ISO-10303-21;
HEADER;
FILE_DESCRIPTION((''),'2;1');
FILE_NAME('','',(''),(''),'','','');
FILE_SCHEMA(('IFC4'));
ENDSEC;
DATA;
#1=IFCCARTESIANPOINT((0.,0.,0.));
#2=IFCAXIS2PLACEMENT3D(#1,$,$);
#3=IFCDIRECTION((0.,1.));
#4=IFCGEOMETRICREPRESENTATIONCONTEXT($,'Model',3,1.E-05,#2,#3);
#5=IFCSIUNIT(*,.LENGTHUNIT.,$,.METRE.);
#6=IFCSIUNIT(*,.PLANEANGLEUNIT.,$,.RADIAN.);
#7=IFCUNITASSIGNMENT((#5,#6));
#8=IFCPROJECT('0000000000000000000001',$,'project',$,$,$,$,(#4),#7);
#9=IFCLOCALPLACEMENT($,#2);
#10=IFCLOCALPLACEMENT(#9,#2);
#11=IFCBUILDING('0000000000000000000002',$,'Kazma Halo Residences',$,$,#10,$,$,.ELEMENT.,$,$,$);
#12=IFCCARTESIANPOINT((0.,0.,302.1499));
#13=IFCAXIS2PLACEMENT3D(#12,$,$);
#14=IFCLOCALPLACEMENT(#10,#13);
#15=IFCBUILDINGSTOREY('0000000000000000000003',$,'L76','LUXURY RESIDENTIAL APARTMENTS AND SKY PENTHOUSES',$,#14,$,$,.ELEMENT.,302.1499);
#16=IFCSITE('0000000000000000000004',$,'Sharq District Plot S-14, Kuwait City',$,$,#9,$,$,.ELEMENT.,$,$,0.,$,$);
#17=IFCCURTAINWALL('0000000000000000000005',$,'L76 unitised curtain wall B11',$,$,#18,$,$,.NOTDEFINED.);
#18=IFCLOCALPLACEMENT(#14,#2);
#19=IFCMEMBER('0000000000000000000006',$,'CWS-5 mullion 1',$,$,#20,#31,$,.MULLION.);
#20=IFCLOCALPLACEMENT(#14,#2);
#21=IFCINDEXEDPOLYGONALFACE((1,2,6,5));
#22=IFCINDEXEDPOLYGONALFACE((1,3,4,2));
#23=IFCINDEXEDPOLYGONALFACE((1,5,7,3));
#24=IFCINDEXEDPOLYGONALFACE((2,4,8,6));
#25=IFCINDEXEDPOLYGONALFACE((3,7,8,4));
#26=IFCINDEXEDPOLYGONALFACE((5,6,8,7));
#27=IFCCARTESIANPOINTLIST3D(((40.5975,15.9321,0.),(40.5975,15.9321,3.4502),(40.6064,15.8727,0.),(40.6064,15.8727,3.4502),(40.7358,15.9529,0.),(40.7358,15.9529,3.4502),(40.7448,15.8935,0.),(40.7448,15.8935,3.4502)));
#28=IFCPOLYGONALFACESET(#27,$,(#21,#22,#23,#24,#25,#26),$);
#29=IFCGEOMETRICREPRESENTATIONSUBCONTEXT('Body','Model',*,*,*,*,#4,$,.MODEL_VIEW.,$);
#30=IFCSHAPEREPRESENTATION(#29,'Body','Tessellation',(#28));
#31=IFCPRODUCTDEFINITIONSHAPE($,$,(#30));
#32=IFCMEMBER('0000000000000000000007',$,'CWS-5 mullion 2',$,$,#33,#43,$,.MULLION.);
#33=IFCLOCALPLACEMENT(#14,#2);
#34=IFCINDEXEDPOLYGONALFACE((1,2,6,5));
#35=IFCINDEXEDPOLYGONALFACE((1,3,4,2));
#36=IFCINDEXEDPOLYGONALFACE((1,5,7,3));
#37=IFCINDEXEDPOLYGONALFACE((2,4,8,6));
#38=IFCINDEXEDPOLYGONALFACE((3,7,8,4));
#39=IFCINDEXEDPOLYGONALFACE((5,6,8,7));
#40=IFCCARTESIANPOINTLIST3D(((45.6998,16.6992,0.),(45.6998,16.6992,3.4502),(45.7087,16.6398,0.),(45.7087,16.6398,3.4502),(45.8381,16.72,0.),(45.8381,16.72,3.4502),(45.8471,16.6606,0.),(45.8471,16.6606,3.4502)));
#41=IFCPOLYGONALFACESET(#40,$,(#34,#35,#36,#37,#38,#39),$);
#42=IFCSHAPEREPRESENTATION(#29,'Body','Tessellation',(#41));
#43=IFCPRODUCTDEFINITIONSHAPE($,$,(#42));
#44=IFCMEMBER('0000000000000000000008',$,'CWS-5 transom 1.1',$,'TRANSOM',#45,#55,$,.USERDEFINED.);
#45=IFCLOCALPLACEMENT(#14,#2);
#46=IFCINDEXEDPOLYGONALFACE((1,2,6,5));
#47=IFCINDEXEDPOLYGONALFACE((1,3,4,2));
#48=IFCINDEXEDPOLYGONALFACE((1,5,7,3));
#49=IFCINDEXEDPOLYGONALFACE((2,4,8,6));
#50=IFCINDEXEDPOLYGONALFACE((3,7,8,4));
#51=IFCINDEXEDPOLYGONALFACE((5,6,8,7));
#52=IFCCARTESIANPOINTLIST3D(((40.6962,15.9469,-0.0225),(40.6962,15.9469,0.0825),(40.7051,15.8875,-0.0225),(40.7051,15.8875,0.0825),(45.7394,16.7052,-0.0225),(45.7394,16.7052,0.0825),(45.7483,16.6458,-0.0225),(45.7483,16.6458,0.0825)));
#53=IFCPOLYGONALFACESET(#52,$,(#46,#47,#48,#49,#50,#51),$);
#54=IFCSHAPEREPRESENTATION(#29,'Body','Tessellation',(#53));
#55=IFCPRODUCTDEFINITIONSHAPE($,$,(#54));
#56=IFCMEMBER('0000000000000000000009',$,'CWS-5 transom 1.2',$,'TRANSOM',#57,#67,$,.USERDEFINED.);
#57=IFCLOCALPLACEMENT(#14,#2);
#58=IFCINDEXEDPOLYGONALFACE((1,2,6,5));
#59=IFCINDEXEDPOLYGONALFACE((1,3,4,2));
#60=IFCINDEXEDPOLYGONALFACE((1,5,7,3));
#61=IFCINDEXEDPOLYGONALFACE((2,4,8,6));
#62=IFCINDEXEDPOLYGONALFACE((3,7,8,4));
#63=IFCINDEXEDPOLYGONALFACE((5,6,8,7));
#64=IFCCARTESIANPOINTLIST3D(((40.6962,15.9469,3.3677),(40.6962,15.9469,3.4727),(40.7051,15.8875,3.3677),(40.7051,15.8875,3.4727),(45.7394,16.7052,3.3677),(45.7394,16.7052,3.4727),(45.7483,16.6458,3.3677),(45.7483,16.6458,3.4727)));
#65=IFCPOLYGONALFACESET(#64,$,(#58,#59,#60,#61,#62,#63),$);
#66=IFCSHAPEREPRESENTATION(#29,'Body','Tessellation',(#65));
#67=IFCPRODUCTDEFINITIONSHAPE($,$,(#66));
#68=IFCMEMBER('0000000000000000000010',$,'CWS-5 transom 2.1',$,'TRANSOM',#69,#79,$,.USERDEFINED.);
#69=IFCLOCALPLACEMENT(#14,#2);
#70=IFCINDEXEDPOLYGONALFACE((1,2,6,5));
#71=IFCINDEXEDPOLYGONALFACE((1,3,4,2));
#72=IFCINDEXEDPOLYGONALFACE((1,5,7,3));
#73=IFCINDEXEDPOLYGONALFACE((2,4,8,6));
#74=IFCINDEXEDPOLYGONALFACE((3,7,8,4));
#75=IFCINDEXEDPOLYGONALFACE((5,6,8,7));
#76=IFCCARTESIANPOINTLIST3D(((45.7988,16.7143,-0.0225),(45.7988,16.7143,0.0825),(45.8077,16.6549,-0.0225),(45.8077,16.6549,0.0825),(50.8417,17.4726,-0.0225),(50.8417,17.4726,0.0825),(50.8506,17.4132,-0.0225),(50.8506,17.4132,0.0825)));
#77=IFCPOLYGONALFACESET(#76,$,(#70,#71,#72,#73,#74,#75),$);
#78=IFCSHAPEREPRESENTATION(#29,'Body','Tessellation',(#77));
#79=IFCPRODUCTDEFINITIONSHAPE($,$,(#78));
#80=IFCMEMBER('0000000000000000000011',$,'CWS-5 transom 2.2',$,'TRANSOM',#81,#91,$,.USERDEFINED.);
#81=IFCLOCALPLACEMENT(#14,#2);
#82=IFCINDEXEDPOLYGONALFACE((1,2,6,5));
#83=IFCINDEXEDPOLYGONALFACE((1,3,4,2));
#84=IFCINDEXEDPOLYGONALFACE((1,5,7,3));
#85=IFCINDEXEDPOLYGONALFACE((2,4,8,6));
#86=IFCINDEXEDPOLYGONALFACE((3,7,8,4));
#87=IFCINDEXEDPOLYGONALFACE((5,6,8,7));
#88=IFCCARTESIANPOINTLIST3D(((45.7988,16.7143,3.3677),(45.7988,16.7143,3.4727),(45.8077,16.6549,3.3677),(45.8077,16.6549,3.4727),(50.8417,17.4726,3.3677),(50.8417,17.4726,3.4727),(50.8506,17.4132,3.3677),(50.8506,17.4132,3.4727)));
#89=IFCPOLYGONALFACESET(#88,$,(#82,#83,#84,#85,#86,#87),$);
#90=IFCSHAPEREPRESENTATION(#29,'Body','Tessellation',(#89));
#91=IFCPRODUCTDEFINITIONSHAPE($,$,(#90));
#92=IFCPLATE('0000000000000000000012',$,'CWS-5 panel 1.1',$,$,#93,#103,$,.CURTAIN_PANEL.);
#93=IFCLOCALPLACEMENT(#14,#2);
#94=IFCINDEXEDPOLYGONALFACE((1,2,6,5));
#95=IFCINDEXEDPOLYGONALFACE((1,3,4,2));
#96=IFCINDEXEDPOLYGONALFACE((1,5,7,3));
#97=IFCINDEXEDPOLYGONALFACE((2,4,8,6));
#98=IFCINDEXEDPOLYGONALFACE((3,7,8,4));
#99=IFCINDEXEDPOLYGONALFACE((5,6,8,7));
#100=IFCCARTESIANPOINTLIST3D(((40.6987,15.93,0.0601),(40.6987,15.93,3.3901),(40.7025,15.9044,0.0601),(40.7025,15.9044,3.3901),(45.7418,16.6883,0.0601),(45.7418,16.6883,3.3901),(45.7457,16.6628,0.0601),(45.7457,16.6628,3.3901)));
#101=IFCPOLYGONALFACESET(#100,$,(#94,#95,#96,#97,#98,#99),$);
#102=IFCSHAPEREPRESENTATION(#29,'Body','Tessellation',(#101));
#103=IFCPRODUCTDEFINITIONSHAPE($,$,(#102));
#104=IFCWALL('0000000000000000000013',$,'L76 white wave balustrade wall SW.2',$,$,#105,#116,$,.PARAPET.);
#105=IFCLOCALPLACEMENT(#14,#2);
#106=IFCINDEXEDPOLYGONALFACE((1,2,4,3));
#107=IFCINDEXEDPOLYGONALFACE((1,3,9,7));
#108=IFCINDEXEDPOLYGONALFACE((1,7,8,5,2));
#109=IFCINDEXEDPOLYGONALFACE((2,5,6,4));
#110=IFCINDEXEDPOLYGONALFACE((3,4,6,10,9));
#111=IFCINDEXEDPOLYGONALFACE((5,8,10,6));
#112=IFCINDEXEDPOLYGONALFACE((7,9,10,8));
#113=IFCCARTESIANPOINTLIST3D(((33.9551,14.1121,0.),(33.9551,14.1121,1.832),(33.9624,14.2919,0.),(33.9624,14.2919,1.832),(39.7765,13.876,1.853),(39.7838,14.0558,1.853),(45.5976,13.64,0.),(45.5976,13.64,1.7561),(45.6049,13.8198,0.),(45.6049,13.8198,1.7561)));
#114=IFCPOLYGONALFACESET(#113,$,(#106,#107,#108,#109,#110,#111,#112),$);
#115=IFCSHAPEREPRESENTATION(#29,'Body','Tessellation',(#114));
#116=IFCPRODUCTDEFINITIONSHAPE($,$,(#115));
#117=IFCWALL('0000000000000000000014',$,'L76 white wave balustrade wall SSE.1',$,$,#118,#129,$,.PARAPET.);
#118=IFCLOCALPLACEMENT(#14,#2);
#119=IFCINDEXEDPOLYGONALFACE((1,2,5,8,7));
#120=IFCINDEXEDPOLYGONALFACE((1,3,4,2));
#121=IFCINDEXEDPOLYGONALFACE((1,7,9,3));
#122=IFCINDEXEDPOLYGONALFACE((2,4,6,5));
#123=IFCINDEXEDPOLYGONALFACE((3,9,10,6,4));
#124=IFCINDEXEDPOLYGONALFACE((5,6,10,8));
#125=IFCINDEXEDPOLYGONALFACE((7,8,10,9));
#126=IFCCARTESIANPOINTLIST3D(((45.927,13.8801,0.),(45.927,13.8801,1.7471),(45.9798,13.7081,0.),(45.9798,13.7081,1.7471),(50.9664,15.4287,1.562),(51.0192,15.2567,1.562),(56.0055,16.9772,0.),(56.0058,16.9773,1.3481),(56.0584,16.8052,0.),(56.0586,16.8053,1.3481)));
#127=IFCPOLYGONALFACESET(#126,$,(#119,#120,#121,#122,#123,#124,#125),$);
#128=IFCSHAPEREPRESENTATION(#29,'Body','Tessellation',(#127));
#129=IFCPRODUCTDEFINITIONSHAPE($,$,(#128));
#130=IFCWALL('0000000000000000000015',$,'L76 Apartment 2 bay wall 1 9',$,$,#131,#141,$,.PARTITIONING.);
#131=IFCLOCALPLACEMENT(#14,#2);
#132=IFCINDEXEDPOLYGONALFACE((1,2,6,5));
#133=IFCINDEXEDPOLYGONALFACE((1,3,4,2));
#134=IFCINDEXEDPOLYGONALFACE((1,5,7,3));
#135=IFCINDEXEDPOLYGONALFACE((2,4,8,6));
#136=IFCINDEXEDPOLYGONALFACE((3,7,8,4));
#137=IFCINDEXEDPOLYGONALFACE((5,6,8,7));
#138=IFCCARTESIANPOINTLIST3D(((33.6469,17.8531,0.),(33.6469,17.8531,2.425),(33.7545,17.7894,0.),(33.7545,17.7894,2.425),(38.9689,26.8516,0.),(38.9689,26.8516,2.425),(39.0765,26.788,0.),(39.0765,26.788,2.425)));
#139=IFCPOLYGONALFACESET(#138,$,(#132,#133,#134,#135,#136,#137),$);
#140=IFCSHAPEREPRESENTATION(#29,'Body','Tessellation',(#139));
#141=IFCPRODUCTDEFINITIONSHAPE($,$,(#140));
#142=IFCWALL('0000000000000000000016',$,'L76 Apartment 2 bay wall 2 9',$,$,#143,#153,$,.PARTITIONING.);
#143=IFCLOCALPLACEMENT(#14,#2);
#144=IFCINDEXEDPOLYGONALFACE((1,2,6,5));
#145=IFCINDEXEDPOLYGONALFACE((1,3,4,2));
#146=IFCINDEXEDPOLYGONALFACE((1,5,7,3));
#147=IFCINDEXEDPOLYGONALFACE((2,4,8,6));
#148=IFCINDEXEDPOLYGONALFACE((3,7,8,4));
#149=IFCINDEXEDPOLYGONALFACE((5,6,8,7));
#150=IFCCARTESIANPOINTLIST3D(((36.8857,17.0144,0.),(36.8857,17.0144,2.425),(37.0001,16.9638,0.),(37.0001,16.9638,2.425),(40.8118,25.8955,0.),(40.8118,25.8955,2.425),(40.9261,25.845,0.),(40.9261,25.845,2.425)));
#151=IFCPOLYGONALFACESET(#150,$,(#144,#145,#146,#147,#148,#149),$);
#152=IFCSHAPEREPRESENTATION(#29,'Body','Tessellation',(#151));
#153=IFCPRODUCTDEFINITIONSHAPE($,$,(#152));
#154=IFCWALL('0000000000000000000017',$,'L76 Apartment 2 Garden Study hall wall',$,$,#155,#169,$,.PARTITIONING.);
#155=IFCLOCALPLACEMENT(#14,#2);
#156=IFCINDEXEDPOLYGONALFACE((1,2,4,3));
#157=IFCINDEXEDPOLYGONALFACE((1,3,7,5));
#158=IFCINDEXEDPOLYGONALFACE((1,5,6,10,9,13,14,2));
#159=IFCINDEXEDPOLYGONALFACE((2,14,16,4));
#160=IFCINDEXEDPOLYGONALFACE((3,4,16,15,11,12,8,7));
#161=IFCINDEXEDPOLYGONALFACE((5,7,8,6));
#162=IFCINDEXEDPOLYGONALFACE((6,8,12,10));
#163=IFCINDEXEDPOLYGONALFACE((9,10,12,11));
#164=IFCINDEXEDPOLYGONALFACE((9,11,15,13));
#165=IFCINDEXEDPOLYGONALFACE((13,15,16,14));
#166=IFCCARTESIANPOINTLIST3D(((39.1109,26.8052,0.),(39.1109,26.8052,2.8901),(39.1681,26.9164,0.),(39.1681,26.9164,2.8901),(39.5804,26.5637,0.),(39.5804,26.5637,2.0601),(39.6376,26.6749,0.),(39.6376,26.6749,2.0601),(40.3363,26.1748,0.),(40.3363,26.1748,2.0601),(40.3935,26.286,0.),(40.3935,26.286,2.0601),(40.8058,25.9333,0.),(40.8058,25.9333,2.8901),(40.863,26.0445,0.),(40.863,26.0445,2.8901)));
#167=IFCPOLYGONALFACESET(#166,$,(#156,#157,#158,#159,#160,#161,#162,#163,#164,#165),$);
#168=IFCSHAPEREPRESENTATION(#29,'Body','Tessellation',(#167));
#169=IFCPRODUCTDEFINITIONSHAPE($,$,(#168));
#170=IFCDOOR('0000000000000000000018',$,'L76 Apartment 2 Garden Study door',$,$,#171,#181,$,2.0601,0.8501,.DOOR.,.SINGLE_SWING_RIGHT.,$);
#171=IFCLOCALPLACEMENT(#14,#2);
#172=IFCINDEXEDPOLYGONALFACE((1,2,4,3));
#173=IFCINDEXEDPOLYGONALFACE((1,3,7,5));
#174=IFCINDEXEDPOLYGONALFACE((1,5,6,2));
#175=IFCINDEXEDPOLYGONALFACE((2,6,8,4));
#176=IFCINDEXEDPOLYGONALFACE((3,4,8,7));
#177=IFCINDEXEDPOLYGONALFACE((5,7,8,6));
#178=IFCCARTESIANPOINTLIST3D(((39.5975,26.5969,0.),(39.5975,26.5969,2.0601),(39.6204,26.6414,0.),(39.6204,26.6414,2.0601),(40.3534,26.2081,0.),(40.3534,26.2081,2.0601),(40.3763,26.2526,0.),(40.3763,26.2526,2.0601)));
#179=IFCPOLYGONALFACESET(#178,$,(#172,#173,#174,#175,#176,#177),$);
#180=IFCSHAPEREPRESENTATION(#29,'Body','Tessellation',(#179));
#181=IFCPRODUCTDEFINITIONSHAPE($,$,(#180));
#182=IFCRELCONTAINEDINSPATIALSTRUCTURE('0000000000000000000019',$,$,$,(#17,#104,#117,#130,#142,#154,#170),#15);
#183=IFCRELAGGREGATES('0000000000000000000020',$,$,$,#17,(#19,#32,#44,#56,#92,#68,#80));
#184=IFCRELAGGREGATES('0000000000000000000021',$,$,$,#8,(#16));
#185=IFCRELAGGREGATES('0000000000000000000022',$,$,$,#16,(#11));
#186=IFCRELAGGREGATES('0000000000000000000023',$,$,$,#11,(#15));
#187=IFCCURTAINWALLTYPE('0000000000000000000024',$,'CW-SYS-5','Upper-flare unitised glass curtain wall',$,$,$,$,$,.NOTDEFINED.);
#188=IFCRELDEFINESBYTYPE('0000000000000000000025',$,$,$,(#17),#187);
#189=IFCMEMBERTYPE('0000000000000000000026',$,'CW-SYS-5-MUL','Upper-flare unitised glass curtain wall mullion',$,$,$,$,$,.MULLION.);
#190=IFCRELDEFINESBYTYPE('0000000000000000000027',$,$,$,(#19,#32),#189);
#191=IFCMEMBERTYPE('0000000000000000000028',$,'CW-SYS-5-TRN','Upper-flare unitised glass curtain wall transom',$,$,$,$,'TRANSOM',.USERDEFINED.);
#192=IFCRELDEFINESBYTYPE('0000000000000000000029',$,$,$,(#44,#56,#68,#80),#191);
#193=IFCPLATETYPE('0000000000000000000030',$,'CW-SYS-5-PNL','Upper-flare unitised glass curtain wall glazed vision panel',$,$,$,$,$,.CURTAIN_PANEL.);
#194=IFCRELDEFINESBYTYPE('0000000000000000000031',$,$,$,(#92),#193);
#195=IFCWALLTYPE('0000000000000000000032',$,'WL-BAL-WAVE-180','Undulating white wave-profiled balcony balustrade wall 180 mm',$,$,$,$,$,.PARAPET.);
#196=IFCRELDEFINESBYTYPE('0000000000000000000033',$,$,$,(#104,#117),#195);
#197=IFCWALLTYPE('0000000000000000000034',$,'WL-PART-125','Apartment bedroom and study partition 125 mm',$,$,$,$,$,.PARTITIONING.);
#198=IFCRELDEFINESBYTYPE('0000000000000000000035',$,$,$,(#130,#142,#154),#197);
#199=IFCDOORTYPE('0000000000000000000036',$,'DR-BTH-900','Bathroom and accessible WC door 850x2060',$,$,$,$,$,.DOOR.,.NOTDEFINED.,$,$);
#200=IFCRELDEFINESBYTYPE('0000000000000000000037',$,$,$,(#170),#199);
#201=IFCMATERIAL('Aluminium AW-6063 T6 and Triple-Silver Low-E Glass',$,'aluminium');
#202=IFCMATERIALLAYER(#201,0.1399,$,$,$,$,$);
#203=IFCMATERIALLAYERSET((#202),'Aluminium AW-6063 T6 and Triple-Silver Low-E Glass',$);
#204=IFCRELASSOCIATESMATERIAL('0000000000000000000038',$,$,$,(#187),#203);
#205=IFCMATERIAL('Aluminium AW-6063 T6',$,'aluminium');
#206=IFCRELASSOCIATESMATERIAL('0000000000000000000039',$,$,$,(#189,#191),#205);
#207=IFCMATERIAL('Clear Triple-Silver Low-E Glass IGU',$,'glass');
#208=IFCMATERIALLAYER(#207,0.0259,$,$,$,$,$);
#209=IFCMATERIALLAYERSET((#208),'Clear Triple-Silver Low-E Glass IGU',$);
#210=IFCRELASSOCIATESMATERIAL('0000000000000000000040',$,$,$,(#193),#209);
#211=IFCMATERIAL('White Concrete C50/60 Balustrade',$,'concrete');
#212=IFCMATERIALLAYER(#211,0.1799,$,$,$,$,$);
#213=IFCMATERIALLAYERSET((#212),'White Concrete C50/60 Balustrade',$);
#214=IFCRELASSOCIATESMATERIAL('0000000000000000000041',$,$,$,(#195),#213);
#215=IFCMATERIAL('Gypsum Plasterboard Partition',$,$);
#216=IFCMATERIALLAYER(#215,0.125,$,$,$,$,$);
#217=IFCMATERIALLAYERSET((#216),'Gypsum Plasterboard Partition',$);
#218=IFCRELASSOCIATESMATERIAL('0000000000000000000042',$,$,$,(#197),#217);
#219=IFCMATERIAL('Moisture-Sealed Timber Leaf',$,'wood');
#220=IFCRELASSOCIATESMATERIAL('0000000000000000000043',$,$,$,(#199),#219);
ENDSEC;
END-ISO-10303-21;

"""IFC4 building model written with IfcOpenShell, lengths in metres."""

from ifc_helpers import new_model, si_unit, direction, frame, frame_2d, origin, origin_2d, place, context, subcontext, project, spatial, polyline, rectangle, outline, extrude, material, layer, layer_set, material_profile, profile_set, type_object, element, fill, aggregate, save


model = new_model("IFC4")

# Units and contexts
model_context = context("Model", 3, precision=1e-05, world=origin(), true_north=direction((0.0, 1.0)))
body_context = subcontext(model_context, "Body", "Model", "MODEL_VIEW")
ifc_project = project(units=[si_unit("LENGTHUNIT", "METRE"), si_unit("PLANEANGLEUNIT", "RADIAN")], contexts=[model_context])

# Site, building, storey
site_placement = place(None, origin())
site = spatial("IfcSite", under=ifc_project, at=site_placement, Name="Sharq District Plot S-14, Kuwait City", CompositionType="ELEMENT", RefElevation=0.0)
building_placement = place(site_placement, origin())
building = spatial("IfcBuilding", under=site, at=building_placement, Name="Kazma Halo Residences", CompositionType="ELEMENT")
storey_placement = place(building_placement, frame((0.0, 0.0, 302.1499)))
storey = spatial("IfcBuildingStorey", under=building, at=storey_placement, Name="L76", Description="LUXURY RESIDENTIAL APARTMENTS AND SKY PENTHOUSES", CompositionType="ELEMENT", Elevation=302.1499)

# Curtain wall, members, plate
ifc_material_1 = material(Name="Aluminium AW-6063 T6 and Triple-Silver Low-E Glass", Category="aluminium")
ifc_layer_1 = layer(ifc_material_1, 0.1399)
ifc_layer_set_1 = layer_set([ifc_layer_1], Name="Aluminium AW-6063 T6 and Triple-Silver Low-E Glass")
curtain_wall_type = type_object("IfcCurtainWallType", Name="CW-SYS-5", Description="Upper-flare unitised glass curtain wall", PredefinedType="NOTDEFINED", material=ifc_layer_set_1)
curtain_wall_placement = place(storey_placement, origin())
curtain_wall = element("IfcCurtainWall", 1, at=curtain_wall_placement, inside=storey, type_object=curtain_wall_type, Name="L76 unitised curtain wall B11", PredefinedType="NOTDEFINED")
ifc_material_2 = material(Name="Aluminium AW-6063 T6", Category="aluminium")
ifc_material_profile_1 = material_profile(ifc_material_2, rectangle(XDim=0.0601, YDim=0.1399, at=origin_2d()), Name="CWM-60x140")
ifc_profile_set_1 = profile_set([ifc_material_profile_1], Name="Aluminium AW-6063 T6")
member_type_1 = type_object("IfcMemberType", Name="CW-SYS-5-MUL", Description="Upper-flare unitised glass curtain wall mullion", PredefinedType="MULLION", material=ifc_profile_set_1)
member_1_placement = place(storey_placement, frame((40.6711, 15.9128, 0.0), z_axis=(0.0, 0.0, 1.0), x_axis=(-0.148697, 0.988883, 0.0)))
member_1 = element("IfcMember", 2, at=member_1_placement, type_object=member_type_1, Name="CWS-5 mullion 1", PredefinedType="MULLION", context=body_context, shape_type="SweptSolid", body=[
    extrude(rectangle(XDim=0.0601, YDim=0.1399, at=origin_2d()), origin(), (0.0, 0.0, 1.0), 3.4502),
])
member_2_placement = place(storey_placement, frame((45.7734, 16.6799, 0.0), z_axis=(0.0, 0.0, 1.0), x_axis=(-0.148697, 0.988883, 0.0)))
member_2 = element("IfcMember", 3, at=member_2_placement, type_object=member_type_1, Name="CWS-5 mullion 2", PredefinedType="MULLION", context=body_context, shape_type="SweptSolid", body=[
    extrude(rectangle(XDim=0.0601, YDim=0.1399, at=origin_2d()), origin(), (0.0, 0.0, 1.0), 3.4502),
])
ifc_material_profile_2 = material_profile(ifc_material_2, rectangle(XDim=0.0601, YDim=0.105, at=origin_2d()), Name="CWT-60x105")
ifc_profile_set_2 = profile_set([ifc_material_profile_2], Name="Aluminium AW-6063 T6")
member_type_2 = type_object("IfcMemberType", Name="CW-SYS-5-TRN", Description="Upper-flare unitised glass curtain wall transom", ElementType="TRANSOM", PredefinedType="USERDEFINED", material=ifc_profile_set_2)
member_3_placement = place(storey_placement, frame((40.7007, 15.9172, 0.03), z_axis=(0.988884, 0.148689, 0.0), x_axis=(-0.148689, 0.988884, 0.0)))
member_3 = element("IfcMember", 4, at=member_3_placement, type_object=member_type_2, Name="CWS-5 transom 1.1", ObjectType="TRANSOM", PredefinedType="USERDEFINED", context=body_context, shape_type="SweptSolid", body=[
    extrude(rectangle(XDim=0.0601, YDim=0.105, at=origin_2d()), origin(), (0.0, 0.0, 1.0), 5.0999),
])
member_4_placement = place(storey_placement, frame((40.7007, 15.9172, 3.4202), z_axis=(0.988884, 0.148689, 0.0), x_axis=(-0.148689, 0.988884, 0.0)))
member_4 = element("IfcMember", 5, at=member_4_placement, type_object=member_type_2, Name="CWS-5 transom 1.2", ObjectType="TRANSOM", PredefinedType="USERDEFINED", context=body_context, shape_type="SweptSolid", body=[
    extrude(rectangle(XDim=0.0601, YDim=0.105, at=origin_2d()), origin(), (0.0, 0.0, 1.0), 5.0999),
])
member_5_placement = place(storey_placement, frame((45.8032, 16.6846, 0.03), z_axis=(0.988883, 0.148696, 0.0), x_axis=(-0.148696, 0.988883, 0.0)))
member_5 = element("IfcMember", 6, at=member_5_placement, type_object=member_type_2, Name="CWS-5 transom 2.1", ObjectType="TRANSOM", PredefinedType="USERDEFINED", context=body_context, shape_type="SweptSolid", body=[
    extrude(rectangle(XDim=0.0601, YDim=0.105, at=origin_2d()), origin(), (0.0, 0.0, 1.0), 5.0996),
])
member_6_placement = place(storey_placement, frame((45.8032, 16.6846, 3.4202), z_axis=(0.988883, 0.148696, 0.0), x_axis=(-0.148696, 0.988883, 0.0)))
member_6 = element("IfcMember", 7, at=member_6_placement, type_object=member_type_2, Name="CWS-5 transom 2.2", ObjectType="TRANSOM", PredefinedType="USERDEFINED", context=body_context, shape_type="SweptSolid", body=[
    extrude(rectangle(XDim=0.0601, YDim=0.105, at=origin_2d()), origin(), (0.0, 0.0, 1.0), 5.0996),
])
ifc_material_3 = material(Name="Clear Triple-Silver Low-E Glass IGU", Category="glass")
ifc_layer_2 = layer(ifc_material_3, 0.0259)
ifc_layer_set_2 = layer_set([ifc_layer_2], Name="Clear Triple-Silver Low-E Glass IGU")
plate_type = type_object("IfcPlateType", Name="CW-SYS-5-PNL", Description="Upper-flare unitised glass curtain wall glazed vision panel", PredefinedType="CURTAIN_PANEL", material=ifc_layer_set_2)
plate_placement = place(storey_placement, frame((43.2222, 16.2964, 0.0601), z_axis=(0.0, 0.0, 1.0), x_axis=(0.988883, 0.148697, 0.0)))
plate = element("IfcPlate", 8, at=plate_placement, type_object=plate_type, Name="CWS-5 panel 1.1", PredefinedType="CURTAIN_PANEL", context=body_context, shape_type="SweptSolid", body=[
    extrude(rectangle(XDim=5.0999, YDim=0.0259, at=origin_2d()), origin(), (0.0, 0.0, 1.0), 3.3301),
])
aggregate(curtain_wall, [member_1, member_2, member_3, member_4, plate, member_5, member_6])

# Walls
ifc_material_4 = material(Name="White Concrete C50/60 Balustrade", Category="concrete")
ifc_layer_3 = layer(ifc_material_4, 0.1799)
ifc_layer_set_3 = layer_set([ifc_layer_3], Name="White Concrete C50/60 Balustrade")
wall_type_1 = type_object("IfcWallType", Name="WL-BAL-WAVE-180", Description="Undulating white wave-profiled balcony balustrade wall 180 mm", PredefinedType="PARAPET", material=ifc_layer_set_3)
wall_1_placement = place(storey_placement, frame((33.9587, 14.2021, 0.0), z_axis=(0.0, 0.0, 1.0), x_axis=(0.999179, -0.040522, 0.0)))
element("IfcWall", 9, at=wall_1_placement, inside=storey, type_object=wall_type_1, Name="L76 white wave balustrade wall SW.2", PredefinedType="PARAPET", context=body_context, shape_type="SweptSolid", body=[
    extrude(outline(polyline([(0.0, 0.0), (11.6521, 0.0), (11.6521, 1.7561), (5.8262, 1.853), (0.0, 1.832), (0.0, 0.0)])), frame((0.0, 0.0898, 0.0), z_axis=(0.0, -1.0, 0.0), x_axis=(1.0, 0.0, 0.0)), (0.0, 0.0, 1.0), 0.1799),
])
wall_2_placement = place(storey_placement, frame((45.9534, 13.7942, 0.0), z_axis=(0.0, 0.0, 1.0), x_axis=(0.955884, 0.293744, 0.0)))
element("IfcWall", 10, at=wall_2_placement, inside=storey, type_object=wall_type_1, Name="L76 white wave balustrade wall SSE.1", PredefinedType="PARAPET", context=body_context, shape_type="SweptSolid", body=[
    extrude(outline(polyline([(0.0, 0.0), (10.5437, 0.0), (10.5439, 1.3481), (5.272, 1.562), (0.0, 1.7471), (0.0, 0.0)])), frame((0.0, 0.0898, 0.0), z_axis=(0.0, -1.0, 0.0), x_axis=(1.0, 0.0, 0.0)), (0.0, 0.0, 1.0), 0.1799),
])
ifc_material_5 = material(Name="Gypsum Plasterboard Partition")
ifc_layer_4 = layer(ifc_material_5, 0.125)
ifc_layer_set_4 = layer_set([ifc_layer_4], Name="Gypsum Plasterboard Partition")
wall_type_2 = type_object("IfcWallType", Name="WL-PART-125", Description="Apartment bedroom and study partition 125 mm", PredefinedType="PARTITIONING", material=ifc_layer_set_4)
wall_3_placement = place(storey_placement, frame((39.0227, 26.8198, 0.0), z_axis=(0.0, 0.0, 1.0), x_axis=(-0.509063, -0.860729, 0.0)))
element("IfcWall", 11, at=wall_3_placement, inside=storey, type_object=wall_type_2, Name="L76 Apartment 2 bay wall 1 9", PredefinedType="PARTITIONING", context=body_context, shape_type="SweptSolid", body=[
    extrude(rectangle(XDim=10.4546, YDim=0.125, at=frame_2d((5.2273, 0.0))), origin(), (0.0, 0.0, 1.0), 2.425),
])
wall_4_placement = place(storey_placement, frame((40.8689, 25.8701, 0.0), z_axis=(0.0, 0.0, 1.0), x_axis=(-0.40432, -0.914617, 0.0)))
element("IfcWall", 12, at=wall_4_placement, inside=storey, type_object=wall_type_2, Name="L76 Apartment 2 bay wall 2 9", PredefinedType="PARTITIONING", context=body_context, shape_type="SweptSolid", body=[
    extrude(rectangle(XDim=9.7102, YDim=0.125, at=frame_2d((4.855, 0.0))), origin(), (0.0, 0.0, 1.0), 2.425),
])

# Wall, opening, door
wall_5_placement = place(storey_placement, frame((39.1394, 26.8608, 0.0), z_axis=(0.0, 0.0, 1.0), x_axis=(0.889245, -0.457432, 0.0)))
wall_5 = element("IfcWall", 13, at=wall_5_placement, inside=storey, type_object=wall_type_2, Name="L76 Apartment 2 Garden Study hall wall", PredefinedType="PARTITIONING", context=body_context, shape_type="SweptSolid", body=[
    extrude(rectangle(XDim=1.906, YDim=0.125, at=frame_2d((0.9531, 0.0))), origin(), (0.0, 0.0, 1.0), 2.8901),
])
opening_1_placement = place(wall_5_placement, frame((0.5281, 0.0, 0.0)))
opening_1 = element("IfcOpeningElement", 14, at=opening_1_placement, cuts=wall_5, PredefinedType="OPENING", context=body_context, shape_type="SweptSolid", body=[
    extrude(rectangle(XDim=0.8501, YDim=2.0601, at=frame_2d((0.425, 1.03))), frame((0.0, 0.0725, 0.0), z_axis=(0.0, -1.0, 0.0), x_axis=(1.0, 0.0, 0.0)), (0.0, 0.0, 1.0), 0.145),
])
ifc_material_6 = material(Name="Moisture-Sealed Timber Leaf", Category="wood")
door_type_1 = type_object("IfcDoorType", Name="DR-BTH-900", Description="Bathroom and accessible WC door 850x2060", OperationType="NOTDEFINED", PredefinedType="DOOR", material=ifc_material_6)
door_1_placement = place(opening_1_placement, origin())
door_1 = element("IfcDoor", 15, at=door_1_placement, inside=storey, type_object=door_type_1, Name="L76 Apartment 2 Garden Study door", OperationType="SINGLE_SWING_RIGHT", OverallHeight=2.0601, OverallWidth=0.8501, PredefinedType="DOOR", context=body_context, shape_type="SweptSolid", body=[
    extrude(rectangle(XDim=0.8501, YDim=2.0601, at=frame_2d((0.425, 1.03))), frame((0.0, 0.0249, 0.0), z_axis=(0.0, -1.0, 0.0), x_axis=(1.0, 0.0, 0.0)), (0.0, 0.0, 1.0), 0.05),
])
fill(opening_1, door_1)

save(model, "model.ifc")
